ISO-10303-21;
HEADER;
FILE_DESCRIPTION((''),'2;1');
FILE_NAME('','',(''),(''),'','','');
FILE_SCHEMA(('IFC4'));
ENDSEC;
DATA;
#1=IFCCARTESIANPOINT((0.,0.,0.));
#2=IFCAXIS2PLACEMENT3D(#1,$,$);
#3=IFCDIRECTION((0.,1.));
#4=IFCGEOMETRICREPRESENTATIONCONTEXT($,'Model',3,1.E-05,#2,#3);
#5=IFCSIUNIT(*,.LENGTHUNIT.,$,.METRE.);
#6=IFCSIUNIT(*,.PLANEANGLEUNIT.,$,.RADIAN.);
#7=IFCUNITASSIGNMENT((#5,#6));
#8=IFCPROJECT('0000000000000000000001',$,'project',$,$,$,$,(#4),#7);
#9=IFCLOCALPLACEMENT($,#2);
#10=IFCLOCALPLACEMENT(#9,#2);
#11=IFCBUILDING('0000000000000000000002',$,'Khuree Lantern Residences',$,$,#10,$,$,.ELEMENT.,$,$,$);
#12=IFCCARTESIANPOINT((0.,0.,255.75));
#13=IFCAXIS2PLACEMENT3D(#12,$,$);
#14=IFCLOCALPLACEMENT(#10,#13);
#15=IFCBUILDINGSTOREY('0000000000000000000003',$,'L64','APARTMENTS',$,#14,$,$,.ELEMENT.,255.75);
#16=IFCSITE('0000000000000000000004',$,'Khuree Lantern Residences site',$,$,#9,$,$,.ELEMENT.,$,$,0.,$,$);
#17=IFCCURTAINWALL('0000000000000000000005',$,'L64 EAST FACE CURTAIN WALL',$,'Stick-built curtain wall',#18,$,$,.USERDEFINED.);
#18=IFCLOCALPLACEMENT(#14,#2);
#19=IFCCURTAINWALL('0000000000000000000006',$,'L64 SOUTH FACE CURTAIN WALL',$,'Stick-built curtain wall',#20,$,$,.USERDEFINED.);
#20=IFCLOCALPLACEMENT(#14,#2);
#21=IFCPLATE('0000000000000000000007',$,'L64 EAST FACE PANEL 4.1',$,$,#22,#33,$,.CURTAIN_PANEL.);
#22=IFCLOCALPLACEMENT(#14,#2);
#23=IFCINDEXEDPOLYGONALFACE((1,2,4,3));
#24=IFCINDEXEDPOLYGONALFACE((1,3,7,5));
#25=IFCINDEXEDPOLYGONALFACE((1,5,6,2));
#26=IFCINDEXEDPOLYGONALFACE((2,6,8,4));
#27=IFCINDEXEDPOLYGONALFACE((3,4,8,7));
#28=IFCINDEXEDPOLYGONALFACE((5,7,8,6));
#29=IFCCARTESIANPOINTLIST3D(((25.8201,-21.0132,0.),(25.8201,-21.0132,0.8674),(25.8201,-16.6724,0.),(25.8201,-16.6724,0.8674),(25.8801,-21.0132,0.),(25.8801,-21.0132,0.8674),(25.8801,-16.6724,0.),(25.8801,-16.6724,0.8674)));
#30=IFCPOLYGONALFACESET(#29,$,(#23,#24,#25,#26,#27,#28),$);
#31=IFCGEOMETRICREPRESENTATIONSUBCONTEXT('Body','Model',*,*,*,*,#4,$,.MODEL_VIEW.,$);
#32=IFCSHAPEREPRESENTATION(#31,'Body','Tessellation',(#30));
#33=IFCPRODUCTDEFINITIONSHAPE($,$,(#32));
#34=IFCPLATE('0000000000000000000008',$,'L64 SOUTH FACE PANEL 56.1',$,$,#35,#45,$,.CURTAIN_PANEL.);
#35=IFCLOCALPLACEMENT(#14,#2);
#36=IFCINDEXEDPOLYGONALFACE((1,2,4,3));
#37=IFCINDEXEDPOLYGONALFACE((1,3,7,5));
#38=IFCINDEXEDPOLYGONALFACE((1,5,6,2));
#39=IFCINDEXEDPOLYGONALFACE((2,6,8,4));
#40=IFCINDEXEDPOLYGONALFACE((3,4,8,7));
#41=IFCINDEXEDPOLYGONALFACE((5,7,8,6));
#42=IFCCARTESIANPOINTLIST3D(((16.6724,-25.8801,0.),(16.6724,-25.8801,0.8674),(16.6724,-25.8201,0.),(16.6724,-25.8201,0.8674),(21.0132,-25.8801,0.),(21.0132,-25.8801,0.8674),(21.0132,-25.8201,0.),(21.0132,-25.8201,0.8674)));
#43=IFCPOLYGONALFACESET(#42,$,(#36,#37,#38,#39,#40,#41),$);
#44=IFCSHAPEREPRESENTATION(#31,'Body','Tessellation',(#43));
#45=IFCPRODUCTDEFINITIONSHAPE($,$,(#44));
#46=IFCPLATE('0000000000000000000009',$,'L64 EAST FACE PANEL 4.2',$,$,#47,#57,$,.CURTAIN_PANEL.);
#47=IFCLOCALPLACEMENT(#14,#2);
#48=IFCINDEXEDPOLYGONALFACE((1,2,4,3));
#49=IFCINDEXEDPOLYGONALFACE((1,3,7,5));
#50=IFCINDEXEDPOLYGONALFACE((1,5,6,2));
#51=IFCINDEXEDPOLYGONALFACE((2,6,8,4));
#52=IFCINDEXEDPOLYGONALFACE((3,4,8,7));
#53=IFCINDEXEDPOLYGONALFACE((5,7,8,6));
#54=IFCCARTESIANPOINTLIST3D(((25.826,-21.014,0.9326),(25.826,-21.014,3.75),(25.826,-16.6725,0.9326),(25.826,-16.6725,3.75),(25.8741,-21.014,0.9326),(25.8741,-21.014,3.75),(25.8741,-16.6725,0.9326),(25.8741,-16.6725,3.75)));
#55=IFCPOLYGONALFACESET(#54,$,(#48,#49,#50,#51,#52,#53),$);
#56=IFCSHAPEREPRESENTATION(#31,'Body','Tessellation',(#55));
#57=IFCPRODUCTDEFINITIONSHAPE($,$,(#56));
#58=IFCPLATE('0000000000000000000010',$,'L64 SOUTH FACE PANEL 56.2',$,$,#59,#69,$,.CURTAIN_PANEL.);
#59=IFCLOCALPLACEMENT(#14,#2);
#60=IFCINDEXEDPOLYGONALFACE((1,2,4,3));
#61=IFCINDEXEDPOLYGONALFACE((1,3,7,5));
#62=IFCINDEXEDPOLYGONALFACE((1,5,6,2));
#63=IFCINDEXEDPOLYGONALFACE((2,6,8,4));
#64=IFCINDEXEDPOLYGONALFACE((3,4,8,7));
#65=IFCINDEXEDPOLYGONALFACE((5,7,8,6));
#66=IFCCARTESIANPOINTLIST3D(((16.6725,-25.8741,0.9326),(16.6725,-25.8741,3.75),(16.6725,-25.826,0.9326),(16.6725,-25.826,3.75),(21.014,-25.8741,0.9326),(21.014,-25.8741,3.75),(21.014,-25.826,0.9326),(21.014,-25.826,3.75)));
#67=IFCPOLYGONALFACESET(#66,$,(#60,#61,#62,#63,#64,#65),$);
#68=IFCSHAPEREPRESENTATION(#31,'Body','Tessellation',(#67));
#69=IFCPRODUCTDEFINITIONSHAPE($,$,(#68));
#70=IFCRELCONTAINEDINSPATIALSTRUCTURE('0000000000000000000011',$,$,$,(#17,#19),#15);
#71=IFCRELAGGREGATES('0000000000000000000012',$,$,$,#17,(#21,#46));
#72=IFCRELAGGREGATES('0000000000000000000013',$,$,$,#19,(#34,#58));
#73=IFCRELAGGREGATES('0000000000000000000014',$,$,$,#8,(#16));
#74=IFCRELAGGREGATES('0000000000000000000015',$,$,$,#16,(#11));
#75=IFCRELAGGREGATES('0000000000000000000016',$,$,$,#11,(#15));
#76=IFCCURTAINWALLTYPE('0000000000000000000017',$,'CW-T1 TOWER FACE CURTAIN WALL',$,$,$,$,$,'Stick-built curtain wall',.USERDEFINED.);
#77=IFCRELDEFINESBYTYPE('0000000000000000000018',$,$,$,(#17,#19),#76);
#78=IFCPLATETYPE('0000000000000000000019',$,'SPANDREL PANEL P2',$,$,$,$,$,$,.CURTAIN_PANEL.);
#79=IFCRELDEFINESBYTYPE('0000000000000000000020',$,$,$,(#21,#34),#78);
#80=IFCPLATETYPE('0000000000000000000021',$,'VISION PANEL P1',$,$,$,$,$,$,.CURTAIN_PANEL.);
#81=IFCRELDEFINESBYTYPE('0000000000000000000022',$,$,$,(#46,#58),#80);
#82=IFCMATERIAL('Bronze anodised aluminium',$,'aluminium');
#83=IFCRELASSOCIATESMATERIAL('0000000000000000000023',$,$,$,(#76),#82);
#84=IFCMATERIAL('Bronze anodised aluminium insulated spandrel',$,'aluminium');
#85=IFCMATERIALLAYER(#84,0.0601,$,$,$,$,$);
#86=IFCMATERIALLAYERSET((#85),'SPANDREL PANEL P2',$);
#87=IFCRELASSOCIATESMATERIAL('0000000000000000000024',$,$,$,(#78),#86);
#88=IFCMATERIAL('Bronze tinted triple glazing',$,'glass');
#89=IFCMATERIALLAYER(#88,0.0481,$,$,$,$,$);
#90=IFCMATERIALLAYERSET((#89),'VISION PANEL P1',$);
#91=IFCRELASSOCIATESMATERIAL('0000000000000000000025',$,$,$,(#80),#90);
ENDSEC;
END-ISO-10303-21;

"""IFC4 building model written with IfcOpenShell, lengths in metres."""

from ifc_helpers import new_model, si_unit, direction, frame, origin, origin_2d, place, context, subcontext, project, spatial, rectangle, extrude, material, layer, layer_set, type_object, element, aggregate, save


model = new_model("IFC4")

# Units and contexts
model_context = context("Model", 3, precision=1e-05, world=origin(), true_north=direction((0.0, 1.0)))
body_context = subcontext(model_context, "Body", "Model", "MODEL_VIEW")
ifc_project = project(units=[si_unit("LENGTHUNIT", "METRE"), si_unit("PLANEANGLEUNIT", "RADIAN")], contexts=[model_context])

# Site, building, storey
site_placement = place(None, origin())
site = spatial("IfcSite", under=ifc_project, at=site_placement, Name="Khuree Lantern Residences site", CompositionType="ELEMENT", RefElevation=0.0)
building_placement = place(site_placement, origin())
building = spatial("IfcBuilding", under=site, at=building_placement, Name="Khuree Lantern Residences", CompositionType="ELEMENT")
storey_placement = place(building_placement, frame((0.0, 0.0, 255.75)))
storey = spatial("IfcBuildingStorey", under=building, at=storey_placement, Name="L64", Description="APARTMENTS", CompositionType="ELEMENT", Elevation=255.75)

# Shared definitions
ifc_material_1 = material(Name="Bronze anodised aluminium", Category="aluminium")

# Curtain wall
curtain_wall_type_1 = type_object("IfcCurtainWallType", Name="CW-T1 TOWER FACE CURTAIN WALL", ElementType="Stick-built curtain wall", PredefinedType="USERDEFINED", material=ifc_material_1)
curtain_wall_1_placement = place(storey_placement, origin())
curtain_wall_1 = element("IfcCurtainWall", 1, at=curtain_wall_1_placement, inside=storey, type_object=curtain_wall_type_1, Name="L64 EAST FACE CURTAIN WALL", ObjectType="Stick-built curtain wall", PredefinedType="USERDEFINED")

# Curtain wall
curtain_wall_2_placement = place(storey_placement, origin())
curtain_wall_2 = element("IfcCurtainWall", 2, at=curtain_wall_2_placement, inside=storey, type_object=curtain_wall_type_1, Name="L64 SOUTH FACE CURTAIN WALL", ObjectType="Stick-built curtain wall", PredefinedType="USERDEFINED")

# Plates
ifc_material_2 = material(Name="Bronze tinted triple glazing", Category="glass")
ifc_material_3 = material(Name="Bronze anodised aluminium insulated spandrel", Category="aluminium")
ifc_layer_1 = layer(ifc_material_3, 0.0601)
ifc_layer_set_1 = layer_set([ifc_layer_1], Name="SPANDREL PANEL P2")
plate_type_1 = type_object("IfcPlateType", Name="SPANDREL PANEL P2", PredefinedType="CURTAIN_PANEL", material=ifc_layer_set_1)
plate_1_placement = place(storey_placement, frame((25.8501, -18.8428, 0.0), z_axis=(0.0, 0.0, 1.0), x_axis=(0.0, 1.0, 0.0)))
plate_1 = element("IfcPlate", 3, at=plate_1_placement, type_object=plate_type_1, Name="L64 EAST FACE PANEL 4.1", PredefinedType="CURTAIN_PANEL", context=body_context, shape_type="SweptSolid", body=[
    extrude(rectangle(XDim=4.3408, YDim=0.0601, at=origin_2d()), origin(), (0.0, 0.0, 1.0), 0.8674),
])
plate_2_placement = place(storey_placement, frame((18.8428, -25.8501, 0.0), z_axis=(0.0, 0.0, 1.0), x_axis=(1.0, 0.0, 0.0)))
plate_2 = element("IfcPlate", 4, at=plate_2_placement, type_object=plate_type_1, Name="L64 SOUTH FACE PANEL 56.1", PredefinedType="CURTAIN_PANEL", context=body_context, shape_type="SweptSolid", body=[
    extrude(rectangle(XDim=4.3408, YDim=0.0601, at=origin_2d()), origin(), (0.0, 0.0, 1.0), 0.8674),
])
ifc_layer_2 = layer(ifc_material_2, 0.0481)
ifc_layer_set_2 = layer_set([ifc_layer_2], Name="VISION PANEL P1")
plate_type_2 = type_object("IfcPlateType", Name="VISION PANEL P1", PredefinedType="CURTAIN_PANEL", material=ifc_layer_set_2)
plate_3_placement = place(storey_placement, frame((25.8501, -18.8433, 0.9326), z_axis=(0.0, 0.0, 1.0), x_axis=(0.0, 1.0, 0.0)))
plate_3 = element("IfcPlate", 5, at=plate_3_placement, type_object=plate_type_2, Name="L64 EAST FACE PANEL 4.2", PredefinedType="CURTAIN_PANEL", context=body_context, shape_type="SweptSolid", body=[
    extrude(rectangle(XDim=4.3416, YDim=0.0481, at=origin_2d()), origin(), (0.0, 0.0, 1.0), 2.8174),
])
aggregate(curtain_wall_1, [plate_1, plate_3])
plate_4_placement = place(storey_placement, frame((18.8433, -25.8501, 0.9326), z_axis=(0.0, 0.0, 1.0), x_axis=(1.0, 0.0, 0.0)))
plate_4 = element("IfcPlate", 6, at=plate_4_placement, type_object=plate_type_2, Name="L64 SOUTH FACE PANEL 56.2", PredefinedType="CURTAIN_PANEL", context=body_context, shape_type="SweptSolid", body=[
    extrude(rectangle(XDim=4.3416, YDim=0.0481, at=origin_2d()), origin(), (0.0, 0.0, 1.0), 2.8174),
])
aggregate(curtain_wall_2, [plate_2, plate_4])

save(model, "model.ifc")
